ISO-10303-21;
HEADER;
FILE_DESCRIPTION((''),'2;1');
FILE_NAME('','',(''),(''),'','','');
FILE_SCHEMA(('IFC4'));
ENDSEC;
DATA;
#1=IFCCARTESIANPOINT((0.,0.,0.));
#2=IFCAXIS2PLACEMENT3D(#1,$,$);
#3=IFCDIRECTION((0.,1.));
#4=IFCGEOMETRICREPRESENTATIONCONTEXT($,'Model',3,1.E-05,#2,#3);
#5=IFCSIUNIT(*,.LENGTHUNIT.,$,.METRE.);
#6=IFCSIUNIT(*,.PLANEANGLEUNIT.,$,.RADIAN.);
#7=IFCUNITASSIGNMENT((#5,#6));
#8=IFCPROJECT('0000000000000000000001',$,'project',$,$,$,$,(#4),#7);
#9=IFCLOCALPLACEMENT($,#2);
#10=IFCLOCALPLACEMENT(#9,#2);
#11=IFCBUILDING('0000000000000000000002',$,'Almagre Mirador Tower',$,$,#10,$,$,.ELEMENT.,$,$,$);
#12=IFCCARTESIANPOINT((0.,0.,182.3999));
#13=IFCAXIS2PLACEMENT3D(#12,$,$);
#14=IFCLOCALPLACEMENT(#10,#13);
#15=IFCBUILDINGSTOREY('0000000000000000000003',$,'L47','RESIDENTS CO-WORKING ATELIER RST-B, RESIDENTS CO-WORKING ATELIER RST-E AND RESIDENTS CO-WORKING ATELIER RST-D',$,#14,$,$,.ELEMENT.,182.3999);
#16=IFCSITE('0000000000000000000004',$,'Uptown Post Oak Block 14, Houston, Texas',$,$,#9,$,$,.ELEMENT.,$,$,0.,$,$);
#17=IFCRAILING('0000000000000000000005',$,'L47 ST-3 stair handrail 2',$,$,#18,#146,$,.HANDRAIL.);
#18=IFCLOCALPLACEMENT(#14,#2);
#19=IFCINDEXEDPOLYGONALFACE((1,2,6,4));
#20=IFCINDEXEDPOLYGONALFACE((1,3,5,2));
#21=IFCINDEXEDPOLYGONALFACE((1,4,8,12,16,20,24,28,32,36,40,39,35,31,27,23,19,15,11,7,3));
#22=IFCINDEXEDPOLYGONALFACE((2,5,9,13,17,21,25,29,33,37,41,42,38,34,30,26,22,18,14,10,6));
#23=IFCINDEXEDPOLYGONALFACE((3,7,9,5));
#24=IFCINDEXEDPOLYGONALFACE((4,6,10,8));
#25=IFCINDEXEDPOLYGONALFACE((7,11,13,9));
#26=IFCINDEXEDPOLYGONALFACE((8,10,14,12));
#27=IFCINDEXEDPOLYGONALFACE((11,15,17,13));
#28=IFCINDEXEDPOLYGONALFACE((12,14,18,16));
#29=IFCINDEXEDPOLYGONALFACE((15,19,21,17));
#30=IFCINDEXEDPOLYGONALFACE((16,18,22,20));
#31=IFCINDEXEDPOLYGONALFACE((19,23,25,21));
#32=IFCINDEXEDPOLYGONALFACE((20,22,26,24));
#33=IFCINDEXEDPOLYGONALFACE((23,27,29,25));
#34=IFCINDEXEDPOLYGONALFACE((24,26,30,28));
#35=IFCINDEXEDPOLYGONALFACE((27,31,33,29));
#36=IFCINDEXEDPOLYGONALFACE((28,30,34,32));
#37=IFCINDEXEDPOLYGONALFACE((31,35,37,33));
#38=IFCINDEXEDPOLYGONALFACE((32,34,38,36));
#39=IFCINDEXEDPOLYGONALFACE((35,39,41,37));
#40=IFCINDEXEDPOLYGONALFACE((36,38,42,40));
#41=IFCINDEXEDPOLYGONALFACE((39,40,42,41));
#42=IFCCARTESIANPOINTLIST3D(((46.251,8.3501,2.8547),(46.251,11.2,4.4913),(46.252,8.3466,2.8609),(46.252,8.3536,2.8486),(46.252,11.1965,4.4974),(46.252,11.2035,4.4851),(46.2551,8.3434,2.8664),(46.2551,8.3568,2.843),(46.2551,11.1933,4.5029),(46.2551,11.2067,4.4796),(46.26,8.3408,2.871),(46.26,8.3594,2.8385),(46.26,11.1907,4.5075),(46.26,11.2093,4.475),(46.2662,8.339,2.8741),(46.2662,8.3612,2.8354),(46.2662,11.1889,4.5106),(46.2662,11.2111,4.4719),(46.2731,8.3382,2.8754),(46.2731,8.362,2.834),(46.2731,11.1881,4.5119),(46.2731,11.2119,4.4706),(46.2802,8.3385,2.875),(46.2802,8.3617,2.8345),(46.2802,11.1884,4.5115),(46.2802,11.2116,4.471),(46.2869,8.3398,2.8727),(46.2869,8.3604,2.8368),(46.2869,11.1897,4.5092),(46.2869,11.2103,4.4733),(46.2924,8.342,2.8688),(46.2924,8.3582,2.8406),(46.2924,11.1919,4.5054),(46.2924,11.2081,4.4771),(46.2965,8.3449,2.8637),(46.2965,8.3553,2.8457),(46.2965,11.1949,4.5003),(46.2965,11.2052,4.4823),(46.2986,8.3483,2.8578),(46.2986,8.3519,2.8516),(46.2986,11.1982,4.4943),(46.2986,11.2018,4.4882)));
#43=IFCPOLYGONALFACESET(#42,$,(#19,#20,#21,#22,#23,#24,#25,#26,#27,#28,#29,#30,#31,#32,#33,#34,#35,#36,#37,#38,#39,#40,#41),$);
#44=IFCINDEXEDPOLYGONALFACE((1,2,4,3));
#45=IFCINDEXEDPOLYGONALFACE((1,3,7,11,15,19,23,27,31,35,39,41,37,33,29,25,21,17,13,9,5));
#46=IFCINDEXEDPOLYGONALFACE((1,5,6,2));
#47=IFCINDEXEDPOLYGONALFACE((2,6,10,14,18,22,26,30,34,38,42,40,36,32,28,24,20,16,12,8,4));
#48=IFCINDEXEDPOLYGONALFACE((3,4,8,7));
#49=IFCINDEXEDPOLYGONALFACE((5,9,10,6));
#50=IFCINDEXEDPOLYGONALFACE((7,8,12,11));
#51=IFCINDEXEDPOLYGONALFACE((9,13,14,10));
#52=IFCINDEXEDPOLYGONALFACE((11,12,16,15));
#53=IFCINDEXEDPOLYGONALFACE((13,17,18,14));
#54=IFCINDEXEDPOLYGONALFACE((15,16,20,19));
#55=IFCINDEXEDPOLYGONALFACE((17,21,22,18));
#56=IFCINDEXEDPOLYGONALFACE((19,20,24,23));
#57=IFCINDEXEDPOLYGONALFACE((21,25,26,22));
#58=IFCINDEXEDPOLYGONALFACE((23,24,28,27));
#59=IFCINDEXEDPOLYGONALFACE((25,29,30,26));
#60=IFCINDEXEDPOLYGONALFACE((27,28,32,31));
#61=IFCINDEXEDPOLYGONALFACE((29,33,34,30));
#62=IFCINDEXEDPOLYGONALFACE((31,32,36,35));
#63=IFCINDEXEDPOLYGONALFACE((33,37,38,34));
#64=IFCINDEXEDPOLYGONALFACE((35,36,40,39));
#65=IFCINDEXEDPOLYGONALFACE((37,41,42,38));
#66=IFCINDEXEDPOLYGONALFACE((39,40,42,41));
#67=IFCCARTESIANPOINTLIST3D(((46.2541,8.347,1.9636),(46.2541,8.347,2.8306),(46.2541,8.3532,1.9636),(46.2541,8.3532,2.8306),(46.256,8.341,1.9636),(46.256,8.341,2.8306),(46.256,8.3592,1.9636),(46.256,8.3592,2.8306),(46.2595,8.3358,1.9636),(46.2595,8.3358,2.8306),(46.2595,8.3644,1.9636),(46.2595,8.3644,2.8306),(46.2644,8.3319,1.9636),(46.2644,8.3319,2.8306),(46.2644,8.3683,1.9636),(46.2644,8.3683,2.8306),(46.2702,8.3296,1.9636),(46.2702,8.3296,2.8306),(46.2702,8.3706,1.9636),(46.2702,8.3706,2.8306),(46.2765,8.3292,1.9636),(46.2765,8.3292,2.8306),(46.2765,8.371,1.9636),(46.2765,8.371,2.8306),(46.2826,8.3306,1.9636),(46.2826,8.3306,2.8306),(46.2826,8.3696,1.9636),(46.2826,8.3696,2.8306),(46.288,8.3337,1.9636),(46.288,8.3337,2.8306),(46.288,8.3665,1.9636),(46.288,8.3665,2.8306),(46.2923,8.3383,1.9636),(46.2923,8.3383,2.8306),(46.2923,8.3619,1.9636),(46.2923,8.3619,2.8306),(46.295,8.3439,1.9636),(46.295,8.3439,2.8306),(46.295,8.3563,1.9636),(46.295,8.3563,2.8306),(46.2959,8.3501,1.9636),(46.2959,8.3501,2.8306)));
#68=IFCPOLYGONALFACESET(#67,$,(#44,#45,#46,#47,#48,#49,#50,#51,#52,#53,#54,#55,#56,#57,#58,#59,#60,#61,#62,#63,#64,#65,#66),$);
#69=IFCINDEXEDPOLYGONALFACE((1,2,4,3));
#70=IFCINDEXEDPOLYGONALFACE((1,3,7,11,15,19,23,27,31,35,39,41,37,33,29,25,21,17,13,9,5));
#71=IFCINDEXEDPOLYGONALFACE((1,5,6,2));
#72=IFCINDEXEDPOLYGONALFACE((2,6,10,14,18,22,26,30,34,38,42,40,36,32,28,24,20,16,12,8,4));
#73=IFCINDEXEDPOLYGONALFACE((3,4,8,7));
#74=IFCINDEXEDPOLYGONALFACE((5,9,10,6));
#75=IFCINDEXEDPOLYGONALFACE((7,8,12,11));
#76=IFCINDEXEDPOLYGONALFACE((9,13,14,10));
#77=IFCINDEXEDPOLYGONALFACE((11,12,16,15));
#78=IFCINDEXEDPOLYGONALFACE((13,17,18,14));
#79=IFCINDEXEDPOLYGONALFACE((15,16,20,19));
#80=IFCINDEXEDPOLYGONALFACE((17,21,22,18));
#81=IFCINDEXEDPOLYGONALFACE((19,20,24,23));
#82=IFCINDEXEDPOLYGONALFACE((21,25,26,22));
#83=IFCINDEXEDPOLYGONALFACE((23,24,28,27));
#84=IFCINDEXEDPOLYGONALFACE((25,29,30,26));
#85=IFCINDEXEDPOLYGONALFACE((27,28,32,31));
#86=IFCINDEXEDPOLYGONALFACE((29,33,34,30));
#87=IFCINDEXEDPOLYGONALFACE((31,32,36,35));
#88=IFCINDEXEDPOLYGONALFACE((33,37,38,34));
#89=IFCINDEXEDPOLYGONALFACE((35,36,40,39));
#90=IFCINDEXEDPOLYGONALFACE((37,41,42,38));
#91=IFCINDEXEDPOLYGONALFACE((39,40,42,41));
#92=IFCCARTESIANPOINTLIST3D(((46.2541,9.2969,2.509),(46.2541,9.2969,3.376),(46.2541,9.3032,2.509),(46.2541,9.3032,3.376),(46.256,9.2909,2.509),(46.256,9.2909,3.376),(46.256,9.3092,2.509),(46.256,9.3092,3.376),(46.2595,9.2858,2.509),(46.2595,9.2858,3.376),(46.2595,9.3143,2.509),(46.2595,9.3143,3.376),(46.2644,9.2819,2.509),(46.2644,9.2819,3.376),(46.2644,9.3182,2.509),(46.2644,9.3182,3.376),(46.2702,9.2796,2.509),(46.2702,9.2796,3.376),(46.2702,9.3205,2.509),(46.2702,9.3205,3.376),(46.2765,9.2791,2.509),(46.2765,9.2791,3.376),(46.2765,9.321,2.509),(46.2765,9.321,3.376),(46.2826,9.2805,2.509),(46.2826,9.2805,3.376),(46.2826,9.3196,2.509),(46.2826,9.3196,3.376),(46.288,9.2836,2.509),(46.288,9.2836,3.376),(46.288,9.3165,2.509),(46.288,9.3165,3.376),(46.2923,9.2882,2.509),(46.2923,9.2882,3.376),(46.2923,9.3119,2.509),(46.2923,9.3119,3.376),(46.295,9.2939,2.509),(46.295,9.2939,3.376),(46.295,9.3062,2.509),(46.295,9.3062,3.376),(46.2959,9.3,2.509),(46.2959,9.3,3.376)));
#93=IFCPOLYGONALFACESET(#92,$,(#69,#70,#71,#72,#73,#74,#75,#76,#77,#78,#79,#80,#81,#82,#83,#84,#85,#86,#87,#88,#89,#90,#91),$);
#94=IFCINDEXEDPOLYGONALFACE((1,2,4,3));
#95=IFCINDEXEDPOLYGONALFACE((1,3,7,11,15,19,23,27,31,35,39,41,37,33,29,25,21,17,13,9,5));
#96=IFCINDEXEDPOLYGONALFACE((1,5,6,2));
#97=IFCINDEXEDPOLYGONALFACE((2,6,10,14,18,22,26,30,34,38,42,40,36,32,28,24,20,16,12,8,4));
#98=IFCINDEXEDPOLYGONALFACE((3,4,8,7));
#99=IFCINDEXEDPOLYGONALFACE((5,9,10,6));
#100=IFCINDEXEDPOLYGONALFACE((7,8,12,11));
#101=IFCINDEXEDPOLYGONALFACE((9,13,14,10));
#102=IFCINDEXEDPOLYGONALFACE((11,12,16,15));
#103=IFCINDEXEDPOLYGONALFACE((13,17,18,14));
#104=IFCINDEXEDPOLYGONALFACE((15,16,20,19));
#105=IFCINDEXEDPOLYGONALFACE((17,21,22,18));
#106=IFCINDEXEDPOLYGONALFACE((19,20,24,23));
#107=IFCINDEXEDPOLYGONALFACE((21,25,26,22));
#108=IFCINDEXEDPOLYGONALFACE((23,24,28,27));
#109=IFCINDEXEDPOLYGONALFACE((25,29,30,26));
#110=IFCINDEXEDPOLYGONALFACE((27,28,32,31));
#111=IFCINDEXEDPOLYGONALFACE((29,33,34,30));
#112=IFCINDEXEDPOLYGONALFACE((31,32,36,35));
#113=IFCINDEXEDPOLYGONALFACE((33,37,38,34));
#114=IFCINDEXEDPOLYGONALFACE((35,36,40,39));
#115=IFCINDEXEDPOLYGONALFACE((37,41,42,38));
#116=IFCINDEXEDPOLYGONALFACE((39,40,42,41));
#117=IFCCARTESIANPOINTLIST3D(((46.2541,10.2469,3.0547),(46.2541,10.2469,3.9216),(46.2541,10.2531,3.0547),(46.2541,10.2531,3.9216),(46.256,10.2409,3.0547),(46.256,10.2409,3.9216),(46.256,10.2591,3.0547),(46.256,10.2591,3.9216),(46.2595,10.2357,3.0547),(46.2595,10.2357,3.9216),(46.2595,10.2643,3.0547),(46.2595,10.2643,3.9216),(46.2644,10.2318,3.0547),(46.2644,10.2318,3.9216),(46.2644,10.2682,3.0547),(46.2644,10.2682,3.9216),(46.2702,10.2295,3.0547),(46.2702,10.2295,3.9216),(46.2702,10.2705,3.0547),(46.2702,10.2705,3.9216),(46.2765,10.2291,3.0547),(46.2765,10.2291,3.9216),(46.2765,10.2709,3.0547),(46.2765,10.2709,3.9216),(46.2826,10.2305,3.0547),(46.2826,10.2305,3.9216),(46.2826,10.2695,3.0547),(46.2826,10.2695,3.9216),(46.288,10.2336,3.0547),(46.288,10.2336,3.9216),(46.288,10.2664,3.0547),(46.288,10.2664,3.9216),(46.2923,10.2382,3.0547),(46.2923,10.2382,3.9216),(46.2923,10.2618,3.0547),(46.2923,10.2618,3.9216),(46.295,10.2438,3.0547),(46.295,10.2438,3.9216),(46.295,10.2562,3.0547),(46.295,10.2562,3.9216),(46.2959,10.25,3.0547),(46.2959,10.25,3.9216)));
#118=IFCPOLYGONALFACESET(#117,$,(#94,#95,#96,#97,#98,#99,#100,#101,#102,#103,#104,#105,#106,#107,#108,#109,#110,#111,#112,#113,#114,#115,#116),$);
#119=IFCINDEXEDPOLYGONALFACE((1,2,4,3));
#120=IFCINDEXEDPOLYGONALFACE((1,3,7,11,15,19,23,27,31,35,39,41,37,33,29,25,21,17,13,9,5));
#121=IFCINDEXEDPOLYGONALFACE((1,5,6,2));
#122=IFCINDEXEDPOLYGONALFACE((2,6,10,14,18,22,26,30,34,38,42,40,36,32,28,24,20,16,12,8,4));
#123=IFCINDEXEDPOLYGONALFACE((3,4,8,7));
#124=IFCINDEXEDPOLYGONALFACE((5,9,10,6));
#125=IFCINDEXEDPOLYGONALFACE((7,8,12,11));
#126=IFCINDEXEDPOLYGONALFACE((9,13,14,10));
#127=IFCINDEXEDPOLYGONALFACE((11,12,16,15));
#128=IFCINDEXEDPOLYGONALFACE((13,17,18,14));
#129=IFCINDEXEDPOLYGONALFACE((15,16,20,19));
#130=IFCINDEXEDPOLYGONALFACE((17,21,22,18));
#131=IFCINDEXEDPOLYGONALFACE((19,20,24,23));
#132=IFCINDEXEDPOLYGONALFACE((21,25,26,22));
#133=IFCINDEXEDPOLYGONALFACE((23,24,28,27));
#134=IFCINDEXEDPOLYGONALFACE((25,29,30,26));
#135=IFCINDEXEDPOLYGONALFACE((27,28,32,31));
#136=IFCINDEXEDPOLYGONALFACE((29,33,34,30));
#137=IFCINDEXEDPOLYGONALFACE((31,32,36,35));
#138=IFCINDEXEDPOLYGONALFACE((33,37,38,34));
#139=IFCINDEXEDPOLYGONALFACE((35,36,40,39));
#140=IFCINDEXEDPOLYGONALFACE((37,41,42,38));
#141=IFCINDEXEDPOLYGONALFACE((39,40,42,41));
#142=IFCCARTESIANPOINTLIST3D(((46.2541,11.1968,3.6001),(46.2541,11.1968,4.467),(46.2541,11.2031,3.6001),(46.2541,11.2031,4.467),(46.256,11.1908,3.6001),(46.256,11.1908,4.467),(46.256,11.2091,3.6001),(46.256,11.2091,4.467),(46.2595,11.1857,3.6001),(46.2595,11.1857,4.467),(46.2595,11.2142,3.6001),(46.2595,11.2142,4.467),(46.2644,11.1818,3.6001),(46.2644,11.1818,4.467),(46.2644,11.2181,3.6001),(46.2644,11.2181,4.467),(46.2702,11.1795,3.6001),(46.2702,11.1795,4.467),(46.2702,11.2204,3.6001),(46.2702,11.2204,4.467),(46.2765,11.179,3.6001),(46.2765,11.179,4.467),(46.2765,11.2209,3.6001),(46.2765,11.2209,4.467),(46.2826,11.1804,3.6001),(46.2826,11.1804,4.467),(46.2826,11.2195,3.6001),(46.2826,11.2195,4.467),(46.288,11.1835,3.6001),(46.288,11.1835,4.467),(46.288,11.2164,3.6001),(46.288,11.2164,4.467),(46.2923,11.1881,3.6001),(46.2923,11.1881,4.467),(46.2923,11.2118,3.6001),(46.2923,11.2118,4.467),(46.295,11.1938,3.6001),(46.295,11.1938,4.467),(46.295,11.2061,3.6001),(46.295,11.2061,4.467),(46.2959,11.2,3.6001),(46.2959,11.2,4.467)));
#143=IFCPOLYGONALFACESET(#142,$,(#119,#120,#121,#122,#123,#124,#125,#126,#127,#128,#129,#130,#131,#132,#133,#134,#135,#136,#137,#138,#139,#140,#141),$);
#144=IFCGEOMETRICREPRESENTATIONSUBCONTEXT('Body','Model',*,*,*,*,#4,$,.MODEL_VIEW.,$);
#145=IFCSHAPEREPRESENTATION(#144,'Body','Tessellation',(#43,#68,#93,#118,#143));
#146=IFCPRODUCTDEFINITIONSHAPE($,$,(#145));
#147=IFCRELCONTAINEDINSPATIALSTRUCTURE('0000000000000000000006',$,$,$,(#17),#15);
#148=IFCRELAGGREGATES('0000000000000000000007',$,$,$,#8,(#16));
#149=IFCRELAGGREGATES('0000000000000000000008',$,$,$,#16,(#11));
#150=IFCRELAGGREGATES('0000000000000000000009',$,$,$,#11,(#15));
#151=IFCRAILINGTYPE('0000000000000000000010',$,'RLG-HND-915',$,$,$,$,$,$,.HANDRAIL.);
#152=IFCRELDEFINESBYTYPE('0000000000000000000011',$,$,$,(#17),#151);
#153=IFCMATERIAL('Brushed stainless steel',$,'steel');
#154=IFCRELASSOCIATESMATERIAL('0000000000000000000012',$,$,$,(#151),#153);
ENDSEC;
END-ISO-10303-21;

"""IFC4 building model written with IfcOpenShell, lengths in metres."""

from ifc_helpers import new_model, si_unit, direction, frame, origin, origin_2d, place, context, subcontext, project, spatial, circle, extrude, material, type_object, element, save


model = new_model("IFC4")

# Units and contexts
model_context = context("Model", 3, precision=1e-05, world=origin(), true_north=direction((0.0, 1.0)))
body_context = subcontext(model_context, "Body", "Model", "MODEL_VIEW")
ifc_project = project(units=[si_unit("LENGTHUNIT", "METRE"), si_unit("PLANEANGLEUNIT", "RADIAN")], contexts=[model_context])

# Site, building, storey
site_placement = place(None, origin())
site = spatial("IfcSite", under=ifc_project, at=site_placement, Name="Uptown Post Oak Block 14, Houston, Texas", CompositionType="ELEMENT", RefElevation=0.0)
building_placement = place(site_placement, origin())
building = spatial("IfcBuilding", under=site, at=building_placement, Name="Almagre Mirador Tower", CompositionType="ELEMENT")
storey_placement = place(building_placement, frame((0.0, 0.0, 182.3999)))
storey = spatial("IfcBuildingStorey", under=building, at=storey_placement, Name="L47", Description="RESIDENTS CO-WORKING ATELIER RST-B, RESIDENTS CO-WORKING ATELIER RST-E AND RESIDENTS CO-WORKING ATELIER RST-D", CompositionType="ELEMENT", Elevation=182.3999)

# Railing
ifc_material_1 = material(Name="Brushed stainless steel", Category="steel")
railing_type_1 = type_object("IfcRailingType", Name="RLG-HND-915", PredefinedType="HANDRAIL", material=ifc_material_1)
railing_1_placement = place(storey_placement, frame((46.2749, 8.3501, 1.9636)))
element("IfcRailing", 1, at=railing_1_placement, inside=storey, type_object=railing_type_1, Name="L47 ST-3 stair handrail 2", PredefinedType="HANDRAIL", context=body_context, shape_type="SweptSolid", body=[
    extrude(circle(Radius=0.0239, at=origin_2d()), frame((0.0, 0.0, 0.8911), z_axis=(0.0, 0.867194, 0.49797), x_axis=(-1.0, 0.0, 0.0)), (0.0, 0.0, 1.0), 3.2864),
    extrude(circle(Radius=0.021, at=origin_2d()), origin(), (0.0, 0.0, 1.0), 0.8669),
    extrude(circle(Radius=0.021, at=origin_2d()), frame((0.0, 0.95, 0.5454)), (0.0, 0.0, 1.0), 0.8669),
    extrude(circle(Radius=0.021, at=origin_2d()), frame((0.0, 1.8999, 1.0911)), (0.0, 0.0, 1.0), 0.8669),
    extrude(circle(Radius=0.021, at=origin_2d()), frame((0.0, 2.8499, 1.6365)), (0.0, 0.0, 1.0), 0.8669),
])

save(model, "model.ifc")
